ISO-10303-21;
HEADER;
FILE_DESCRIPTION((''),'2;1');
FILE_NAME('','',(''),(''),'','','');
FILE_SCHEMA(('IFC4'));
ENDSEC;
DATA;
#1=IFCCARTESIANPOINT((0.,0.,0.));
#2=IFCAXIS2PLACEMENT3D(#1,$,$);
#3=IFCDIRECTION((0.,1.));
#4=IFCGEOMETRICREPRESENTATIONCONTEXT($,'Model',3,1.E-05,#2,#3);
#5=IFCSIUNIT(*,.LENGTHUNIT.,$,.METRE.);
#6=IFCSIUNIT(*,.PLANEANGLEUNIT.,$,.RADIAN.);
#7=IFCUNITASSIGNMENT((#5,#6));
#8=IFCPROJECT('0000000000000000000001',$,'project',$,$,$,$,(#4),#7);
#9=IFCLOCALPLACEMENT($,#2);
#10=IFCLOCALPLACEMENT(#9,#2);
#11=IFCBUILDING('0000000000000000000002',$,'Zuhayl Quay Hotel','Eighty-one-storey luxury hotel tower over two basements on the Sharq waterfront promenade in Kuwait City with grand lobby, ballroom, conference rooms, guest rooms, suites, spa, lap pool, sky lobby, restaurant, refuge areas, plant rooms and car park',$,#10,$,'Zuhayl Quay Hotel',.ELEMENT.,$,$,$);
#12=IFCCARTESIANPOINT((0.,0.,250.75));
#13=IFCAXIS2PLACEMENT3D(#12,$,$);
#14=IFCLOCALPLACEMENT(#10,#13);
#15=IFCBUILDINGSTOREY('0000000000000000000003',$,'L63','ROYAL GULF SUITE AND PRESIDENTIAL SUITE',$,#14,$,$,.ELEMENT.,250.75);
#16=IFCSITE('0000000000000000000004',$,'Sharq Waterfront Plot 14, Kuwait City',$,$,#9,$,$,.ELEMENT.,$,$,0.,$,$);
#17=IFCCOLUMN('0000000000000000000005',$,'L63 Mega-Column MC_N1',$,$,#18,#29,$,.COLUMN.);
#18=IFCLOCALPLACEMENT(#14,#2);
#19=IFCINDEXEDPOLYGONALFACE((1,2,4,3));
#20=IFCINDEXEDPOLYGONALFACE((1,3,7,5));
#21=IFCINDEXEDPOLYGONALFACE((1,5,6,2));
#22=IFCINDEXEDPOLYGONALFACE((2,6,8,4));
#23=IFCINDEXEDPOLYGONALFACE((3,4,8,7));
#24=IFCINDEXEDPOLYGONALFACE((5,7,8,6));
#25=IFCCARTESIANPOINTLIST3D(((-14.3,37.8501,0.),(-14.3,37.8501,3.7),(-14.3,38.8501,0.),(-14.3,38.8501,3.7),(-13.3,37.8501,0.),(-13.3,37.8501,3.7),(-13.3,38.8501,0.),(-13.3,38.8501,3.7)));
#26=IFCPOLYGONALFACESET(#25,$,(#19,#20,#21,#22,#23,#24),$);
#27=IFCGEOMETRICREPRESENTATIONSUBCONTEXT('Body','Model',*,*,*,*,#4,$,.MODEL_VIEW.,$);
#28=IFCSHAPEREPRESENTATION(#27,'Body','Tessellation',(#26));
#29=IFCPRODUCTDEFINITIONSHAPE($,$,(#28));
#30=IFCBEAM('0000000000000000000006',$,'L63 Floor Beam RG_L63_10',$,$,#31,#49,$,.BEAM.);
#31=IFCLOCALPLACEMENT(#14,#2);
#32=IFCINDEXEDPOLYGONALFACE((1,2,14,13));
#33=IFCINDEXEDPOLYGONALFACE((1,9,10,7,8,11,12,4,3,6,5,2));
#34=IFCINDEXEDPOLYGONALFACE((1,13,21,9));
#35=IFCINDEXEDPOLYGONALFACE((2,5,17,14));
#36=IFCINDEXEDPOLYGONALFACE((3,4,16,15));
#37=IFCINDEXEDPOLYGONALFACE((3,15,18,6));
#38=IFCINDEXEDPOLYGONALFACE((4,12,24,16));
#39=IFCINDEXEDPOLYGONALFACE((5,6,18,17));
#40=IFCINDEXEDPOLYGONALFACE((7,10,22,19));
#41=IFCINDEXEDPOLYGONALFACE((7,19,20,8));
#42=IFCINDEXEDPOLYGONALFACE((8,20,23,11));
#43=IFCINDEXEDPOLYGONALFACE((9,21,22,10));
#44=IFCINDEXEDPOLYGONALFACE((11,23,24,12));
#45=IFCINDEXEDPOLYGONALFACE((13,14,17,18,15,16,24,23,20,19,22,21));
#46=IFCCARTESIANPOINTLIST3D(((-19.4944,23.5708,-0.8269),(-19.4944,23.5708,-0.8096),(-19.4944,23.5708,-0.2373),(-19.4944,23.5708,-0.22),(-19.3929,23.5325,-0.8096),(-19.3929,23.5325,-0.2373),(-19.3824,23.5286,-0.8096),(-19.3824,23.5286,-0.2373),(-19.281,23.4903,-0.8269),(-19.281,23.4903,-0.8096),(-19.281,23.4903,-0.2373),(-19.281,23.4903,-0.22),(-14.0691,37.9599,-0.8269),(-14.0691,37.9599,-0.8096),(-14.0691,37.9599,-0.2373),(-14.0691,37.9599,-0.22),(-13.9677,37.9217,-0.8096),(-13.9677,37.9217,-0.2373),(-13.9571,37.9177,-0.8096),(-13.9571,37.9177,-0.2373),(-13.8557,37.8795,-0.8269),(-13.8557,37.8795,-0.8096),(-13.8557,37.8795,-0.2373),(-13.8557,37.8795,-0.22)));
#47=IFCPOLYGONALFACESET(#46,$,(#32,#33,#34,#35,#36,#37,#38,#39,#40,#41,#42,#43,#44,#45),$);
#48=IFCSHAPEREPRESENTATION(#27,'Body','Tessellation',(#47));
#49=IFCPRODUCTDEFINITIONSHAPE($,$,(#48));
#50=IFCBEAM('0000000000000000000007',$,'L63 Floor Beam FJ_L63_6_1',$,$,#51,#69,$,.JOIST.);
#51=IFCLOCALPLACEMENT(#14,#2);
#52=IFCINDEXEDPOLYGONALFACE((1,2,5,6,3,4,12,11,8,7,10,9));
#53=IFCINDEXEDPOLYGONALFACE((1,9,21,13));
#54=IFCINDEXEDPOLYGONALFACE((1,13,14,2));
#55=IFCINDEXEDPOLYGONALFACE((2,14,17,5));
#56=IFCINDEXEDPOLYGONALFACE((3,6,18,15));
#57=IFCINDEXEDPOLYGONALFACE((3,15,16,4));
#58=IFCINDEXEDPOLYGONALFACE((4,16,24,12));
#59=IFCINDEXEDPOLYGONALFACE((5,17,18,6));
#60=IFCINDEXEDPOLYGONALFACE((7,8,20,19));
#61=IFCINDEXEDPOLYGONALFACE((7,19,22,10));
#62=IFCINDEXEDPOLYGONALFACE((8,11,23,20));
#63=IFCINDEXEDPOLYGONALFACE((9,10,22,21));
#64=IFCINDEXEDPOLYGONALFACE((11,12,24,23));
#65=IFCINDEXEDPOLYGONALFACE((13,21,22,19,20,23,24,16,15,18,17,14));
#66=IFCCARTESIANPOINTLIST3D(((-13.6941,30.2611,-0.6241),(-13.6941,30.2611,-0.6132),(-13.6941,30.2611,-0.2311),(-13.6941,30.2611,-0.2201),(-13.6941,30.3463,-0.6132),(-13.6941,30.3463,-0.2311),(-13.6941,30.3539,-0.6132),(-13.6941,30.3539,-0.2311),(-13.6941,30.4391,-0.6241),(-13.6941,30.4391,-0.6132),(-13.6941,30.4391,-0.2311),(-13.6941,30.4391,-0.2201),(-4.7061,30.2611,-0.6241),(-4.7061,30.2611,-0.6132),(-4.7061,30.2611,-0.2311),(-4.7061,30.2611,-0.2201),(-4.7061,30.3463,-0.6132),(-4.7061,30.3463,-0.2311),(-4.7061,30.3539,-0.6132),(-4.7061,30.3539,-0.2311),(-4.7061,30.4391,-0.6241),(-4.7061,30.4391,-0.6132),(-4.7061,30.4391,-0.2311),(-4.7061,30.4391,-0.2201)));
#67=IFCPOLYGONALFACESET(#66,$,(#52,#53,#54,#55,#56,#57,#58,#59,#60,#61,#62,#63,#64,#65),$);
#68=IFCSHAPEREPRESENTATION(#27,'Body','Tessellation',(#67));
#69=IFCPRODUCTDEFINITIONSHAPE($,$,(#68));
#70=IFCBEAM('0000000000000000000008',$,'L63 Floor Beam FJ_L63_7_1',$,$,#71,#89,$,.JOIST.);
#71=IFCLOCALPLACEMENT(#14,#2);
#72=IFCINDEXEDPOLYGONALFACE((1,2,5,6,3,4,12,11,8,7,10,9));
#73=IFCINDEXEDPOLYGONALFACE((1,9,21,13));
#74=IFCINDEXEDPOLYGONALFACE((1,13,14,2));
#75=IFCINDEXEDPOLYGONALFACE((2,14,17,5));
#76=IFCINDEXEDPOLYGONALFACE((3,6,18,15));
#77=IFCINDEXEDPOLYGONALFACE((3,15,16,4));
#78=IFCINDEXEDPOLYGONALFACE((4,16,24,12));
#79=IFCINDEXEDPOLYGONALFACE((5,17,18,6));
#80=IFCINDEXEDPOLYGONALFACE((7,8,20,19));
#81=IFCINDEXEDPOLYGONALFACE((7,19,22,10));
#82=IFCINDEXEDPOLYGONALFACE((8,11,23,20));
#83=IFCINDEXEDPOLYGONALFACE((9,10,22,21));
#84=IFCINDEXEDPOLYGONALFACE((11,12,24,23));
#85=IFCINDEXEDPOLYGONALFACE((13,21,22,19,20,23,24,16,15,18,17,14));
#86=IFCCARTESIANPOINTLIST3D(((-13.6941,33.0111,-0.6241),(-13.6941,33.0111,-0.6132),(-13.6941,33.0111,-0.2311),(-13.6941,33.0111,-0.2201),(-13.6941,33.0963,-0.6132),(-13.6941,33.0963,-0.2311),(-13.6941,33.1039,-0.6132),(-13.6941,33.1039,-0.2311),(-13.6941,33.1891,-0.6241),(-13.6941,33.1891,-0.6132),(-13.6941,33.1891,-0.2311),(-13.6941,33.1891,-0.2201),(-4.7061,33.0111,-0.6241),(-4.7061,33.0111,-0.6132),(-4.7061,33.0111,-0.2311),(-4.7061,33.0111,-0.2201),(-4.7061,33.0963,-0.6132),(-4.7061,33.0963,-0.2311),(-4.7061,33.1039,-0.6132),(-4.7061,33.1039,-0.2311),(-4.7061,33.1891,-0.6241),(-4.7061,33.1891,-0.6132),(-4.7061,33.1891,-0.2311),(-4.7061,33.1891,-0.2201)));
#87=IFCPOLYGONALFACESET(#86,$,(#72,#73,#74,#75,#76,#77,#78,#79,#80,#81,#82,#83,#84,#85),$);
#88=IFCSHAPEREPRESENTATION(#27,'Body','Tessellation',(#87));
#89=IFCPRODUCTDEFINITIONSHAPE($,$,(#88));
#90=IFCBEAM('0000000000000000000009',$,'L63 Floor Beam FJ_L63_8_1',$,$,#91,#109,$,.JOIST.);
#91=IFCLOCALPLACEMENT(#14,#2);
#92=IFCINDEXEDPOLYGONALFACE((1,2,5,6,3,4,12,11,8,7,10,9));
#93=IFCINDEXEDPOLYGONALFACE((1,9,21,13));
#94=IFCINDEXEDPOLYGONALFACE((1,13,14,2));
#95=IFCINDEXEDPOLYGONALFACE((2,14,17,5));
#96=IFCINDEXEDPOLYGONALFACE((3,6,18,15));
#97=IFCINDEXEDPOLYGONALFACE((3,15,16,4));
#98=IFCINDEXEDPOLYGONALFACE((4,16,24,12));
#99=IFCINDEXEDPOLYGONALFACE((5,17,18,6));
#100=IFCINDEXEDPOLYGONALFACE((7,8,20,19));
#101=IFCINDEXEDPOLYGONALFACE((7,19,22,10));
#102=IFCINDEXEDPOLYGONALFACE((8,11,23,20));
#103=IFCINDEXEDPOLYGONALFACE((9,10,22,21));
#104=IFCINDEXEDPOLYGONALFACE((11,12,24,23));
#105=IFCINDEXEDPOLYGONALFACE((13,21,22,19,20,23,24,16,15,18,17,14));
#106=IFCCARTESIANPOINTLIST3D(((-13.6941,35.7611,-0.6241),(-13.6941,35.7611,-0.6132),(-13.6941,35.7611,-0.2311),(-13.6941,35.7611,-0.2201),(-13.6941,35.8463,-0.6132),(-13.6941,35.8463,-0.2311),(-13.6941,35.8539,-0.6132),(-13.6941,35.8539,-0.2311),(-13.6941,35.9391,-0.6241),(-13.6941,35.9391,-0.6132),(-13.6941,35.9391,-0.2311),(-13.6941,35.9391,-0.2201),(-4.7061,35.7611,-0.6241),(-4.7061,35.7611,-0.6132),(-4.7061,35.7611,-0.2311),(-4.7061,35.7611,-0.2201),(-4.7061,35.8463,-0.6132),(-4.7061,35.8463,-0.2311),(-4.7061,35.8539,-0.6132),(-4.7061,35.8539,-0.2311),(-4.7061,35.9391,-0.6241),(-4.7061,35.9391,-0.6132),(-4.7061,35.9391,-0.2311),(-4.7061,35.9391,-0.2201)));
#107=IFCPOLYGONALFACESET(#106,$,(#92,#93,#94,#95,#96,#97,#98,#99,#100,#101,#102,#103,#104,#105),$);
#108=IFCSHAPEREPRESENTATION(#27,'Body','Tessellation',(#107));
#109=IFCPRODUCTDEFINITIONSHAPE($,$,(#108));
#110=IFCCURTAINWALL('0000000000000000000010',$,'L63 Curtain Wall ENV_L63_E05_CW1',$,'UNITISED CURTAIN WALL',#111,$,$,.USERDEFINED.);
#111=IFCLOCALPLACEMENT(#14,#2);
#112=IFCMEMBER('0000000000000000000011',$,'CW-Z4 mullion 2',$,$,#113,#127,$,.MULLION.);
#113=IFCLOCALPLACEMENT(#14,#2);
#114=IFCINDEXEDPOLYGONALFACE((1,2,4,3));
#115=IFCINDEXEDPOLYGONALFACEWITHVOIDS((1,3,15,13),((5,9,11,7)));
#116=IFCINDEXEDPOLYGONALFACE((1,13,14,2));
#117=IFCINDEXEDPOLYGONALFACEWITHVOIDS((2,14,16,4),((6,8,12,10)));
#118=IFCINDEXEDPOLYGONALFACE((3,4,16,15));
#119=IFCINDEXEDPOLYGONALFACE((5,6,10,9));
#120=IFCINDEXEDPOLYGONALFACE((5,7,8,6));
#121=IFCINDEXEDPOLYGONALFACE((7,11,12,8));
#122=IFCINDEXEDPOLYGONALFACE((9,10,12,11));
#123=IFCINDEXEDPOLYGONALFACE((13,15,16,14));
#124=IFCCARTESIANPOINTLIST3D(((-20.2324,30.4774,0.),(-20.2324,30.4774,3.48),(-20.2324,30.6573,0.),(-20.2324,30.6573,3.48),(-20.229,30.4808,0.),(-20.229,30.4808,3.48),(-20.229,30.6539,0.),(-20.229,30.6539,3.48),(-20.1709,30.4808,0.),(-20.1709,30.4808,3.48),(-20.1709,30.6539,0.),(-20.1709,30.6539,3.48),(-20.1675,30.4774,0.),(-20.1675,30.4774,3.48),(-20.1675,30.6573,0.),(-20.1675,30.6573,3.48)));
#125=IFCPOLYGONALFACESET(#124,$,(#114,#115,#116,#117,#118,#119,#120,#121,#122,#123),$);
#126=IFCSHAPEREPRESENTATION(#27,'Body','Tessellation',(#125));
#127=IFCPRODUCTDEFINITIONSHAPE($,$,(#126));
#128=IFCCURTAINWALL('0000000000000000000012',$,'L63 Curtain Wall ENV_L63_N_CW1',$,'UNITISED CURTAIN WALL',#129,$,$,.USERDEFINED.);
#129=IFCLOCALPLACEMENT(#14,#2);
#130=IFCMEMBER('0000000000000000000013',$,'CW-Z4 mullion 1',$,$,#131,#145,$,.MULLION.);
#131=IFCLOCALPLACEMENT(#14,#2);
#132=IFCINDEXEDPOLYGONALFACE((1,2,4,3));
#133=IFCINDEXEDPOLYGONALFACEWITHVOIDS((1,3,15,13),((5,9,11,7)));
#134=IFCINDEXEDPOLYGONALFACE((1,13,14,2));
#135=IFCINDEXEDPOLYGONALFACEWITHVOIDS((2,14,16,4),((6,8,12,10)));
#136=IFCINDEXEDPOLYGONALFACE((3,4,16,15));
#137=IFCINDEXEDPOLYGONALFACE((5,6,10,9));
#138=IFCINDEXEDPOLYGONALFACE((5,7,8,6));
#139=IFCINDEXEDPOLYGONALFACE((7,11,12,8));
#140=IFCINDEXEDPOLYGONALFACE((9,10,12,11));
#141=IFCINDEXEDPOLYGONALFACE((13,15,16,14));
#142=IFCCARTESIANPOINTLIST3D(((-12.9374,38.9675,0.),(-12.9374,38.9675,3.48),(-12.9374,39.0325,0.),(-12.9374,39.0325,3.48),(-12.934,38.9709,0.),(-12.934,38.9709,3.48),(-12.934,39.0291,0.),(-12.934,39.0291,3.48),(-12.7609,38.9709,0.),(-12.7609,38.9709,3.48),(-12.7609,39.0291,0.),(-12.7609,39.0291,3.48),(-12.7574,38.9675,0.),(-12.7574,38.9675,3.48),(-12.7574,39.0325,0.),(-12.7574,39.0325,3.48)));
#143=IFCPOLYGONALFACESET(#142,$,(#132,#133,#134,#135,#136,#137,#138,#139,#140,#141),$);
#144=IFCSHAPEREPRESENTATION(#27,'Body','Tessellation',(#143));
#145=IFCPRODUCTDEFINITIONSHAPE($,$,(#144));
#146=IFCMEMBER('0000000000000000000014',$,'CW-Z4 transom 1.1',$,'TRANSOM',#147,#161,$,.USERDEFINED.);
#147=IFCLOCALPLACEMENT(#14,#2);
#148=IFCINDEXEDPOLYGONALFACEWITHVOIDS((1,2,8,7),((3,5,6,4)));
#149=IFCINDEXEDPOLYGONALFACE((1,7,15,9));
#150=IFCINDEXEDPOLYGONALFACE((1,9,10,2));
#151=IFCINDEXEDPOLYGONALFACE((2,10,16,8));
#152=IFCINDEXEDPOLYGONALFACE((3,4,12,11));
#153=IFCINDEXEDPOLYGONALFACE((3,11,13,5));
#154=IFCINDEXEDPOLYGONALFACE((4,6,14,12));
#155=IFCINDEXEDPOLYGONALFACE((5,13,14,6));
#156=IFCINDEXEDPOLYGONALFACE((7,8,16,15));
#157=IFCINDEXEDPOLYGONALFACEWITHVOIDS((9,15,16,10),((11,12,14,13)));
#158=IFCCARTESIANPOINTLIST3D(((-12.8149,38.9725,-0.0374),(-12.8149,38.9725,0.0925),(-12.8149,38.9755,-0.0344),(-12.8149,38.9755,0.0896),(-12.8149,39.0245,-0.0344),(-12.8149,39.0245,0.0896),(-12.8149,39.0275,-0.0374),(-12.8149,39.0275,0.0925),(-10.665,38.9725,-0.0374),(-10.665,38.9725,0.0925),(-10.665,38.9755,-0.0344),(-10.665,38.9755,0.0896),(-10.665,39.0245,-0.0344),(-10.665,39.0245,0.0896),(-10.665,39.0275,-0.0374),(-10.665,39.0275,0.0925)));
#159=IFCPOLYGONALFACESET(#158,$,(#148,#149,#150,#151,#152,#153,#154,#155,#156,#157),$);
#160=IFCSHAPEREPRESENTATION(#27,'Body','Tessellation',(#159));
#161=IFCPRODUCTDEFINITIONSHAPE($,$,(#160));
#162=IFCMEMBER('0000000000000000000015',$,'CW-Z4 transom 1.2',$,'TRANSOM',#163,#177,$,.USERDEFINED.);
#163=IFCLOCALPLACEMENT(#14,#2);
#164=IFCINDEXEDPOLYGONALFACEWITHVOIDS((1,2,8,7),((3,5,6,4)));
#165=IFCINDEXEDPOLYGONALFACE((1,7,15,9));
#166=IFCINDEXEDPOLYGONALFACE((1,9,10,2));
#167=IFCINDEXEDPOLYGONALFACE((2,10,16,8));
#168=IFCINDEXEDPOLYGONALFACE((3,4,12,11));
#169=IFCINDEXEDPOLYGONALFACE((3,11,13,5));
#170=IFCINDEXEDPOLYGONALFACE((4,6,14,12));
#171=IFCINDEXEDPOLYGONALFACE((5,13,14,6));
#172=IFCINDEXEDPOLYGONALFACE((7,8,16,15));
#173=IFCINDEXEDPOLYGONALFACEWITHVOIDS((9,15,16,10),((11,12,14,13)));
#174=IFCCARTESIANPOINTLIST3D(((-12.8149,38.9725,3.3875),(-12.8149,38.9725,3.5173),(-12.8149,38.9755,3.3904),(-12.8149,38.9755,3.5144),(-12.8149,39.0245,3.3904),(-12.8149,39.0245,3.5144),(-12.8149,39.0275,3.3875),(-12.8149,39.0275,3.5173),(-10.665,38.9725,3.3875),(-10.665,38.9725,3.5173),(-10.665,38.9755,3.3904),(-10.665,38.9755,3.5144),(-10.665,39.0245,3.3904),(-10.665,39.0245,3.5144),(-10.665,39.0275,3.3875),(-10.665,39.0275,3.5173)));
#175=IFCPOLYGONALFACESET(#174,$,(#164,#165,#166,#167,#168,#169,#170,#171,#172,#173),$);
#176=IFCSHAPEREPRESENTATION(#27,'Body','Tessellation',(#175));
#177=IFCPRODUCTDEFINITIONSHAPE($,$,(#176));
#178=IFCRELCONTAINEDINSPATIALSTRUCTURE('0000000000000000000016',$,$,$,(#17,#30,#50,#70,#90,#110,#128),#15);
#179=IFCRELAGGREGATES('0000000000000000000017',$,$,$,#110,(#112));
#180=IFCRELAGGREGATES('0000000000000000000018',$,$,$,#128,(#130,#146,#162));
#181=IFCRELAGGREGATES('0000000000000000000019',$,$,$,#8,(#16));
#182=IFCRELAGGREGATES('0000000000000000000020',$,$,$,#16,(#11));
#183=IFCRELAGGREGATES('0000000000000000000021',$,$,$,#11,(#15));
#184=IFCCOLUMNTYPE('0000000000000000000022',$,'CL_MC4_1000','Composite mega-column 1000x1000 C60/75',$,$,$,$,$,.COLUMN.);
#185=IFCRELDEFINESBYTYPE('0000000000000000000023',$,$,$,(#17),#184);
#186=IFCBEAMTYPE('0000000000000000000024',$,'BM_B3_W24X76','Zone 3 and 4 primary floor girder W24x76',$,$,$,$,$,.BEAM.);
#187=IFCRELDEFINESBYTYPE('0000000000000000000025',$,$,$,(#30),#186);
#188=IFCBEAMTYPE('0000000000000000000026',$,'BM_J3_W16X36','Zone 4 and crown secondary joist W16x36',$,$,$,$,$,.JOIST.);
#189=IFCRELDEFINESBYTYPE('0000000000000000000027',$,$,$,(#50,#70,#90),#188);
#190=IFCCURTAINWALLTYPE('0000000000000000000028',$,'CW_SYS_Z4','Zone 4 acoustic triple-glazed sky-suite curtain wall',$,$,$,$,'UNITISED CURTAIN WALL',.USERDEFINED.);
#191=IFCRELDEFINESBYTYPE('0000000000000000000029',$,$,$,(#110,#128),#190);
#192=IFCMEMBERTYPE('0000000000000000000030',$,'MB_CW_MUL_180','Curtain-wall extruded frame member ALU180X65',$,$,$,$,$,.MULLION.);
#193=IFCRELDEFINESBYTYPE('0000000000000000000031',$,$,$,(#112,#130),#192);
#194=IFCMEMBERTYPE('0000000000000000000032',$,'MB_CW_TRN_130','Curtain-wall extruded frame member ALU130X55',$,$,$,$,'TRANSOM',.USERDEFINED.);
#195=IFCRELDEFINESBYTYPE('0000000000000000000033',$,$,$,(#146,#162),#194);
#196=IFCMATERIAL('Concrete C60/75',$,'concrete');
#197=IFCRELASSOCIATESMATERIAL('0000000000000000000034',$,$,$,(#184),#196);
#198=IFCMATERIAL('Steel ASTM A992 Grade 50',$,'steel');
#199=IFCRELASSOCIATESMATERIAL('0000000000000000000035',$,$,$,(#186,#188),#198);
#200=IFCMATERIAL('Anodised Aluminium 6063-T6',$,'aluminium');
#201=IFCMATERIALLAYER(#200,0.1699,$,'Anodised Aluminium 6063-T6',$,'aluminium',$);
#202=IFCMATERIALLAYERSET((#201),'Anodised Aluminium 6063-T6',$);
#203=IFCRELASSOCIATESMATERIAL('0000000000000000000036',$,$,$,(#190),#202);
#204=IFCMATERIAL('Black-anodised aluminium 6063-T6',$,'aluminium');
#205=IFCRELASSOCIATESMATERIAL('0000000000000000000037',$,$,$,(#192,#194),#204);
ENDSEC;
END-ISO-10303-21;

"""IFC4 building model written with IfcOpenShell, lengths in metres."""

from ifc_helpers import new_model, si_unit, direction, frame, origin, origin_2d, place, context, subcontext, project, spatial, rectangle, hollow_rectangle, i_section, extrude, material, layer, layer_set, material_profile, profile_set, type_object, element, aggregate, save


model = new_model("IFC4")

# Units and contexts
model_context = context("Model", 3, precision=1e-05, world=origin(), true_north=direction((0.0, 1.0)))
body_context = subcontext(model_context, "Body", "Model", "MODEL_VIEW")
ifc_project = project(units=[si_unit("LENGTHUNIT", "METRE"), si_unit("PLANEANGLEUNIT", "RADIAN")], contexts=[model_context])

# Site, building, storey
site_placement = place(None, origin())
site = spatial("IfcSite", under=ifc_project, at=site_placement, Name="Sharq Waterfront Plot 14, Kuwait City", CompositionType="ELEMENT", RefElevation=0.0)
building_placement = place(site_placement, origin())
building = spatial("IfcBuilding", under=site, at=building_placement, Name="Zuhayl Quay Hotel", Description="Eighty-one-storey luxury hotel tower over two basements on the Sharq waterfront promenade in Kuwait City with grand lobby, ballroom, conference rooms, guest rooms, suites, spa, lap pool, sky lobby, restaurant, refuge areas, plant rooms and car park", LongName="Zuhayl Quay Hotel", CompositionType="ELEMENT")
storey_placement = place(building_placement, frame((0.0, 0.0, 250.75)))
storey = spatial("IfcBuildingStorey", under=building, at=storey_placement, Name="L63", Description="ROYAL GULF SUITE AND PRESIDENTIAL SUITE", CompositionType="ELEMENT", Elevation=250.75)

# Column
ifc_material_1 = material(Name="Concrete C60/75", Category="concrete")
ifc_material_profile_1 = material_profile(ifc_material_1, rectangle(XDim=1.0, YDim=1.0, at=origin_2d()), Name="RC1000X1000")
ifc_profile_set_1 = profile_set([ifc_material_profile_1], Name="Concrete C60/75")
column_type = type_object("IfcColumnType", Name="CL_MC4_1000", Description="Composite mega-column 1000x1000 C60/75", PredefinedType="COLUMN", material=ifc_profile_set_1)
column_placement = place(storey_placement, frame((-13.8, 38.3501, 0.0), z_axis=(0.0, 0.0, 1.0), x_axis=(1.0, 0.0, 0.0)))
element("IfcColumn", 1, at=column_placement, inside=storey, type_object=column_type, Name="L63 Mega-Column MC_N1", PredefinedType="COLUMN", context=body_context, shape_type="SweptSolid", body=[
    extrude(rectangle(XDim=1.0, YDim=1.0, at=origin_2d()), origin(), (0.0, 0.0, 1.0), 3.7),
])

# Beams
ifc_material_2 = material(Name="Steel ASTM A992 Grade 50", Category="steel")
ifc_material_profile_2 = material_profile(ifc_material_2, i_section(OverallWidth=0.228, OverallDepth=0.6069, WebThickness=0.0112, FlangeThickness=0.0173, at=origin_2d()), Name="W24X76")
ifc_profile_set_2 = profile_set([ifc_material_profile_2], Name="Steel ASTM A992 Grade 50")
beam_type_1 = type_object("IfcBeamType", Name="BM_B3_W24X76", Description="Zone 3 and 4 primary floor girder W24x76", PredefinedType="BEAM", material=ifc_profile_set_2)
beam_placement = place(storey_placement, frame((-13.9624, 37.9197, -0.5234), z_axis=(-0.352797, -0.9357, 0.0), x_axis=(0.9357, -0.352797, 0.0)))
element("IfcBeam", 2, at=beam_placement, inside=storey, type_object=beam_type_1, Name="L63 Floor Beam RG_L63_10", PredefinedType="BEAM", context=body_context, shape_type="SweptSolid", body=[
    extrude(i_section(OverallWidth=0.228, OverallDepth=0.6069, WebThickness=0.0112, FlangeThickness=0.0173, at=origin_2d()), origin(), (0.0, 0.0, 1.0), 15.3779),
])
ifc_material_profile_3 = material_profile(ifc_material_2, i_section(OverallWidth=0.178, OverallDepth=0.4041, WebThickness=0.0076, FlangeThickness=0.011, at=origin_2d()), Name="W16X36")
ifc_profile_set_3 = profile_set([ifc_material_profile_3], Name="Steel ASTM A992 Grade 50")
beam_type_2 = type_object("IfcBeamType", Name="BM_J3_W16X36", Description="Zone 4 and crown secondary joist W16x36", PredefinedType="JOIST", material=ifc_profile_set_3)
for number, where, z_axis, x_axis, name in (
    (3, (-13.6941, 30.3501, -0.4221), (1.0, 0.0, 0.0), (0.0, 1.0, 0.0), "L63 Floor Beam FJ_L63_6_1"),
    (4, (-13.6941, 33.1001, -0.4221), (1.0, 0.0, 0.0), (0.0, 1.0, 0.0), "L63 Floor Beam FJ_L63_7_1"),
    (5, (-13.6941, 35.8501, -0.4221), (1.0, 0.0, 0.0), (0.0, 1.0, 0.0), "L63 Floor Beam FJ_L63_8_1"),
):
    element("IfcBeam", number, at=place(storey_placement, frame(where, z_axis=z_axis, x_axis=x_axis)), inside=storey, type_object=beam_type_2, Name=name, PredefinedType="JOIST", context=body_context, shape_type="SweptSolid", body=[
        extrude(i_section(OverallWidth=0.178, OverallDepth=0.4041, WebThickness=0.0076, FlangeThickness=0.011, at=origin_2d()), origin(), (0.0, 0.0, 1.0), 8.988),
    ])

# Curtain wall, member
ifc_material_3 = material(Name="Anodised Aluminium 6063-T6", Category="aluminium")
ifc_layer_1 = layer(ifc_material_3, 0.1699, Name="Anodised Aluminium 6063-T6", Category="aluminium")
ifc_layer_set_1 = layer_set([ifc_layer_1], Name="Anodised Aluminium 6063-T6")
curtain_wall_type = type_object("IfcCurtainWallType", Name="CW_SYS_Z4", Description="Zone 4 acoustic triple-glazed sky-suite curtain wall", ElementType="UNITISED CURTAIN WALL", PredefinedType="USERDEFINED", material=ifc_layer_set_1)
curtain_wall_1_placement = place(storey_placement, origin())
curtain_wall_1 = element("IfcCurtainWall", 6, at=curtain_wall_1_placement, inside=storey, type_object=curtain_wall_type, Name="L63 Curtain Wall ENV_L63_E05_CW1", ObjectType="UNITISED CURTAIN WALL", PredefinedType="USERDEFINED")
ifc_material_4 = material(Name="Black-anodised aluminium 6063-T6", Category="aluminium")
ifc_material_profile_4 = material_profile(ifc_material_4, hollow_rectangle(XDim=0.0649, YDim=0.1799, WallThickness=0.0034, at=origin_2d()), Name="ALU180X65")
ifc_profile_set_4 = profile_set([ifc_material_profile_4], Name="Black-anodised aluminium 6063-T6")
member_type_1 = type_object("IfcMemberType", Name="MB_CW_MUL_180", Description="Curtain-wall extruded frame member ALU180X65", PredefinedType="MULLION", material=ifc_profile_set_4)
member_1_placement = place(storey_placement, frame((-20.2, 30.5674, 0.0), z_axis=(0.0, 0.0, 1.0), x_axis=(-1.0, 0.0, 0.0)))
member_1 = element("IfcMember", 7, at=member_1_placement, type_object=member_type_1, Name="CW-Z4 mullion 2", PredefinedType="MULLION", context=body_context, shape_type="SweptSolid", body=[
    extrude(hollow_rectangle(XDim=0.0649, YDim=0.1799, WallThickness=0.0034, at=origin_2d()), origin(), (0.0, 0.0, 1.0), 3.48),
])
aggregate(curtain_wall_1, [member_1])

# Curtain wall, members
curtain_wall_2_placement = place(storey_placement, origin())
curtain_wall_2 = element("IfcCurtainWall", 8, at=curtain_wall_2_placement, inside=storey, type_object=curtain_wall_type, Name="L63 Curtain Wall ENV_L63_N_CW1", ObjectType="UNITISED CURTAIN WALL", PredefinedType="USERDEFINED")
member_2_placement = place(storey_placement, frame((-12.8474, 39.0, 0.0), z_axis=(0.0, 0.0, 1.0), x_axis=(0.0, 1.0, 0.0)))
member_2 = element("IfcMember", 9, at=member_2_placement, type_object=member_type_1, Name="CW-Z4 mullion 1", PredefinedType="MULLION", context=body_context, shape_type="SweptSolid", body=[
    extrude(hollow_rectangle(XDim=0.0649, YDim=0.1799, WallThickness=0.0034, at=origin_2d()), origin(), (0.0, 0.0, 1.0), 3.48),
])
ifc_material_profile_5 = material_profile(ifc_material_4, hollow_rectangle(XDim=0.0549, YDim=0.1299, WallThickness=0.0029, at=origin_2d()), Name="ALU130X55")
ifc_profile_set_5 = profile_set([ifc_material_profile_5], Name="Black-anodised aluminium 6063-T6")
member_type_2 = type_object("IfcMemberType", Name="MB_CW_TRN_130", Description="Curtain-wall extruded frame member ALU130X55", ElementType="TRANSOM", PredefinedType="USERDEFINED", material=ifc_profile_set_5)
member_3_placement = place(storey_placement, frame((-12.8149, 39.0, 0.0276), z_axis=(1.0, 0.0, 0.0), x_axis=(0.0, 1.0, 0.0)))
member_3 = element("IfcMember", 10, at=member_3_placement, type_object=member_type_2, Name="CW-Z4 transom 1.1", ObjectType="TRANSOM", PredefinedType="USERDEFINED", context=body_context, shape_type="SweptSolid", body=[
    extrude(hollow_rectangle(XDim=0.0549, YDim=0.1299, WallThickness=0.0029, at=origin_2d()), origin(), (0.0, 0.0, 1.0), 2.1499),
])
member_4_placement = place(storey_placement, frame((-12.8149, 39.0, 3.4524), z_axis=(1.0, 0.0, 0.0), x_axis=(0.0, 1.0, 0.0)))
member_4 = element("IfcMember", 11, at=member_4_placement, type_object=member_type_2, Name="CW-Z4 transom 1.2", ObjectType="TRANSOM", PredefinedType="USERDEFINED", context=body_context, shape_type="SweptSolid", body=[
    extrude(hollow_rectangle(XDim=0.0549, YDim=0.1299, WallThickness=0.0029, at=origin_2d()), origin(), (0.0, 0.0, 1.0), 2.1499),
])
aggregate(curtain_wall_2, [member_2, member_3, member_4])

save(model, "model.ifc")
